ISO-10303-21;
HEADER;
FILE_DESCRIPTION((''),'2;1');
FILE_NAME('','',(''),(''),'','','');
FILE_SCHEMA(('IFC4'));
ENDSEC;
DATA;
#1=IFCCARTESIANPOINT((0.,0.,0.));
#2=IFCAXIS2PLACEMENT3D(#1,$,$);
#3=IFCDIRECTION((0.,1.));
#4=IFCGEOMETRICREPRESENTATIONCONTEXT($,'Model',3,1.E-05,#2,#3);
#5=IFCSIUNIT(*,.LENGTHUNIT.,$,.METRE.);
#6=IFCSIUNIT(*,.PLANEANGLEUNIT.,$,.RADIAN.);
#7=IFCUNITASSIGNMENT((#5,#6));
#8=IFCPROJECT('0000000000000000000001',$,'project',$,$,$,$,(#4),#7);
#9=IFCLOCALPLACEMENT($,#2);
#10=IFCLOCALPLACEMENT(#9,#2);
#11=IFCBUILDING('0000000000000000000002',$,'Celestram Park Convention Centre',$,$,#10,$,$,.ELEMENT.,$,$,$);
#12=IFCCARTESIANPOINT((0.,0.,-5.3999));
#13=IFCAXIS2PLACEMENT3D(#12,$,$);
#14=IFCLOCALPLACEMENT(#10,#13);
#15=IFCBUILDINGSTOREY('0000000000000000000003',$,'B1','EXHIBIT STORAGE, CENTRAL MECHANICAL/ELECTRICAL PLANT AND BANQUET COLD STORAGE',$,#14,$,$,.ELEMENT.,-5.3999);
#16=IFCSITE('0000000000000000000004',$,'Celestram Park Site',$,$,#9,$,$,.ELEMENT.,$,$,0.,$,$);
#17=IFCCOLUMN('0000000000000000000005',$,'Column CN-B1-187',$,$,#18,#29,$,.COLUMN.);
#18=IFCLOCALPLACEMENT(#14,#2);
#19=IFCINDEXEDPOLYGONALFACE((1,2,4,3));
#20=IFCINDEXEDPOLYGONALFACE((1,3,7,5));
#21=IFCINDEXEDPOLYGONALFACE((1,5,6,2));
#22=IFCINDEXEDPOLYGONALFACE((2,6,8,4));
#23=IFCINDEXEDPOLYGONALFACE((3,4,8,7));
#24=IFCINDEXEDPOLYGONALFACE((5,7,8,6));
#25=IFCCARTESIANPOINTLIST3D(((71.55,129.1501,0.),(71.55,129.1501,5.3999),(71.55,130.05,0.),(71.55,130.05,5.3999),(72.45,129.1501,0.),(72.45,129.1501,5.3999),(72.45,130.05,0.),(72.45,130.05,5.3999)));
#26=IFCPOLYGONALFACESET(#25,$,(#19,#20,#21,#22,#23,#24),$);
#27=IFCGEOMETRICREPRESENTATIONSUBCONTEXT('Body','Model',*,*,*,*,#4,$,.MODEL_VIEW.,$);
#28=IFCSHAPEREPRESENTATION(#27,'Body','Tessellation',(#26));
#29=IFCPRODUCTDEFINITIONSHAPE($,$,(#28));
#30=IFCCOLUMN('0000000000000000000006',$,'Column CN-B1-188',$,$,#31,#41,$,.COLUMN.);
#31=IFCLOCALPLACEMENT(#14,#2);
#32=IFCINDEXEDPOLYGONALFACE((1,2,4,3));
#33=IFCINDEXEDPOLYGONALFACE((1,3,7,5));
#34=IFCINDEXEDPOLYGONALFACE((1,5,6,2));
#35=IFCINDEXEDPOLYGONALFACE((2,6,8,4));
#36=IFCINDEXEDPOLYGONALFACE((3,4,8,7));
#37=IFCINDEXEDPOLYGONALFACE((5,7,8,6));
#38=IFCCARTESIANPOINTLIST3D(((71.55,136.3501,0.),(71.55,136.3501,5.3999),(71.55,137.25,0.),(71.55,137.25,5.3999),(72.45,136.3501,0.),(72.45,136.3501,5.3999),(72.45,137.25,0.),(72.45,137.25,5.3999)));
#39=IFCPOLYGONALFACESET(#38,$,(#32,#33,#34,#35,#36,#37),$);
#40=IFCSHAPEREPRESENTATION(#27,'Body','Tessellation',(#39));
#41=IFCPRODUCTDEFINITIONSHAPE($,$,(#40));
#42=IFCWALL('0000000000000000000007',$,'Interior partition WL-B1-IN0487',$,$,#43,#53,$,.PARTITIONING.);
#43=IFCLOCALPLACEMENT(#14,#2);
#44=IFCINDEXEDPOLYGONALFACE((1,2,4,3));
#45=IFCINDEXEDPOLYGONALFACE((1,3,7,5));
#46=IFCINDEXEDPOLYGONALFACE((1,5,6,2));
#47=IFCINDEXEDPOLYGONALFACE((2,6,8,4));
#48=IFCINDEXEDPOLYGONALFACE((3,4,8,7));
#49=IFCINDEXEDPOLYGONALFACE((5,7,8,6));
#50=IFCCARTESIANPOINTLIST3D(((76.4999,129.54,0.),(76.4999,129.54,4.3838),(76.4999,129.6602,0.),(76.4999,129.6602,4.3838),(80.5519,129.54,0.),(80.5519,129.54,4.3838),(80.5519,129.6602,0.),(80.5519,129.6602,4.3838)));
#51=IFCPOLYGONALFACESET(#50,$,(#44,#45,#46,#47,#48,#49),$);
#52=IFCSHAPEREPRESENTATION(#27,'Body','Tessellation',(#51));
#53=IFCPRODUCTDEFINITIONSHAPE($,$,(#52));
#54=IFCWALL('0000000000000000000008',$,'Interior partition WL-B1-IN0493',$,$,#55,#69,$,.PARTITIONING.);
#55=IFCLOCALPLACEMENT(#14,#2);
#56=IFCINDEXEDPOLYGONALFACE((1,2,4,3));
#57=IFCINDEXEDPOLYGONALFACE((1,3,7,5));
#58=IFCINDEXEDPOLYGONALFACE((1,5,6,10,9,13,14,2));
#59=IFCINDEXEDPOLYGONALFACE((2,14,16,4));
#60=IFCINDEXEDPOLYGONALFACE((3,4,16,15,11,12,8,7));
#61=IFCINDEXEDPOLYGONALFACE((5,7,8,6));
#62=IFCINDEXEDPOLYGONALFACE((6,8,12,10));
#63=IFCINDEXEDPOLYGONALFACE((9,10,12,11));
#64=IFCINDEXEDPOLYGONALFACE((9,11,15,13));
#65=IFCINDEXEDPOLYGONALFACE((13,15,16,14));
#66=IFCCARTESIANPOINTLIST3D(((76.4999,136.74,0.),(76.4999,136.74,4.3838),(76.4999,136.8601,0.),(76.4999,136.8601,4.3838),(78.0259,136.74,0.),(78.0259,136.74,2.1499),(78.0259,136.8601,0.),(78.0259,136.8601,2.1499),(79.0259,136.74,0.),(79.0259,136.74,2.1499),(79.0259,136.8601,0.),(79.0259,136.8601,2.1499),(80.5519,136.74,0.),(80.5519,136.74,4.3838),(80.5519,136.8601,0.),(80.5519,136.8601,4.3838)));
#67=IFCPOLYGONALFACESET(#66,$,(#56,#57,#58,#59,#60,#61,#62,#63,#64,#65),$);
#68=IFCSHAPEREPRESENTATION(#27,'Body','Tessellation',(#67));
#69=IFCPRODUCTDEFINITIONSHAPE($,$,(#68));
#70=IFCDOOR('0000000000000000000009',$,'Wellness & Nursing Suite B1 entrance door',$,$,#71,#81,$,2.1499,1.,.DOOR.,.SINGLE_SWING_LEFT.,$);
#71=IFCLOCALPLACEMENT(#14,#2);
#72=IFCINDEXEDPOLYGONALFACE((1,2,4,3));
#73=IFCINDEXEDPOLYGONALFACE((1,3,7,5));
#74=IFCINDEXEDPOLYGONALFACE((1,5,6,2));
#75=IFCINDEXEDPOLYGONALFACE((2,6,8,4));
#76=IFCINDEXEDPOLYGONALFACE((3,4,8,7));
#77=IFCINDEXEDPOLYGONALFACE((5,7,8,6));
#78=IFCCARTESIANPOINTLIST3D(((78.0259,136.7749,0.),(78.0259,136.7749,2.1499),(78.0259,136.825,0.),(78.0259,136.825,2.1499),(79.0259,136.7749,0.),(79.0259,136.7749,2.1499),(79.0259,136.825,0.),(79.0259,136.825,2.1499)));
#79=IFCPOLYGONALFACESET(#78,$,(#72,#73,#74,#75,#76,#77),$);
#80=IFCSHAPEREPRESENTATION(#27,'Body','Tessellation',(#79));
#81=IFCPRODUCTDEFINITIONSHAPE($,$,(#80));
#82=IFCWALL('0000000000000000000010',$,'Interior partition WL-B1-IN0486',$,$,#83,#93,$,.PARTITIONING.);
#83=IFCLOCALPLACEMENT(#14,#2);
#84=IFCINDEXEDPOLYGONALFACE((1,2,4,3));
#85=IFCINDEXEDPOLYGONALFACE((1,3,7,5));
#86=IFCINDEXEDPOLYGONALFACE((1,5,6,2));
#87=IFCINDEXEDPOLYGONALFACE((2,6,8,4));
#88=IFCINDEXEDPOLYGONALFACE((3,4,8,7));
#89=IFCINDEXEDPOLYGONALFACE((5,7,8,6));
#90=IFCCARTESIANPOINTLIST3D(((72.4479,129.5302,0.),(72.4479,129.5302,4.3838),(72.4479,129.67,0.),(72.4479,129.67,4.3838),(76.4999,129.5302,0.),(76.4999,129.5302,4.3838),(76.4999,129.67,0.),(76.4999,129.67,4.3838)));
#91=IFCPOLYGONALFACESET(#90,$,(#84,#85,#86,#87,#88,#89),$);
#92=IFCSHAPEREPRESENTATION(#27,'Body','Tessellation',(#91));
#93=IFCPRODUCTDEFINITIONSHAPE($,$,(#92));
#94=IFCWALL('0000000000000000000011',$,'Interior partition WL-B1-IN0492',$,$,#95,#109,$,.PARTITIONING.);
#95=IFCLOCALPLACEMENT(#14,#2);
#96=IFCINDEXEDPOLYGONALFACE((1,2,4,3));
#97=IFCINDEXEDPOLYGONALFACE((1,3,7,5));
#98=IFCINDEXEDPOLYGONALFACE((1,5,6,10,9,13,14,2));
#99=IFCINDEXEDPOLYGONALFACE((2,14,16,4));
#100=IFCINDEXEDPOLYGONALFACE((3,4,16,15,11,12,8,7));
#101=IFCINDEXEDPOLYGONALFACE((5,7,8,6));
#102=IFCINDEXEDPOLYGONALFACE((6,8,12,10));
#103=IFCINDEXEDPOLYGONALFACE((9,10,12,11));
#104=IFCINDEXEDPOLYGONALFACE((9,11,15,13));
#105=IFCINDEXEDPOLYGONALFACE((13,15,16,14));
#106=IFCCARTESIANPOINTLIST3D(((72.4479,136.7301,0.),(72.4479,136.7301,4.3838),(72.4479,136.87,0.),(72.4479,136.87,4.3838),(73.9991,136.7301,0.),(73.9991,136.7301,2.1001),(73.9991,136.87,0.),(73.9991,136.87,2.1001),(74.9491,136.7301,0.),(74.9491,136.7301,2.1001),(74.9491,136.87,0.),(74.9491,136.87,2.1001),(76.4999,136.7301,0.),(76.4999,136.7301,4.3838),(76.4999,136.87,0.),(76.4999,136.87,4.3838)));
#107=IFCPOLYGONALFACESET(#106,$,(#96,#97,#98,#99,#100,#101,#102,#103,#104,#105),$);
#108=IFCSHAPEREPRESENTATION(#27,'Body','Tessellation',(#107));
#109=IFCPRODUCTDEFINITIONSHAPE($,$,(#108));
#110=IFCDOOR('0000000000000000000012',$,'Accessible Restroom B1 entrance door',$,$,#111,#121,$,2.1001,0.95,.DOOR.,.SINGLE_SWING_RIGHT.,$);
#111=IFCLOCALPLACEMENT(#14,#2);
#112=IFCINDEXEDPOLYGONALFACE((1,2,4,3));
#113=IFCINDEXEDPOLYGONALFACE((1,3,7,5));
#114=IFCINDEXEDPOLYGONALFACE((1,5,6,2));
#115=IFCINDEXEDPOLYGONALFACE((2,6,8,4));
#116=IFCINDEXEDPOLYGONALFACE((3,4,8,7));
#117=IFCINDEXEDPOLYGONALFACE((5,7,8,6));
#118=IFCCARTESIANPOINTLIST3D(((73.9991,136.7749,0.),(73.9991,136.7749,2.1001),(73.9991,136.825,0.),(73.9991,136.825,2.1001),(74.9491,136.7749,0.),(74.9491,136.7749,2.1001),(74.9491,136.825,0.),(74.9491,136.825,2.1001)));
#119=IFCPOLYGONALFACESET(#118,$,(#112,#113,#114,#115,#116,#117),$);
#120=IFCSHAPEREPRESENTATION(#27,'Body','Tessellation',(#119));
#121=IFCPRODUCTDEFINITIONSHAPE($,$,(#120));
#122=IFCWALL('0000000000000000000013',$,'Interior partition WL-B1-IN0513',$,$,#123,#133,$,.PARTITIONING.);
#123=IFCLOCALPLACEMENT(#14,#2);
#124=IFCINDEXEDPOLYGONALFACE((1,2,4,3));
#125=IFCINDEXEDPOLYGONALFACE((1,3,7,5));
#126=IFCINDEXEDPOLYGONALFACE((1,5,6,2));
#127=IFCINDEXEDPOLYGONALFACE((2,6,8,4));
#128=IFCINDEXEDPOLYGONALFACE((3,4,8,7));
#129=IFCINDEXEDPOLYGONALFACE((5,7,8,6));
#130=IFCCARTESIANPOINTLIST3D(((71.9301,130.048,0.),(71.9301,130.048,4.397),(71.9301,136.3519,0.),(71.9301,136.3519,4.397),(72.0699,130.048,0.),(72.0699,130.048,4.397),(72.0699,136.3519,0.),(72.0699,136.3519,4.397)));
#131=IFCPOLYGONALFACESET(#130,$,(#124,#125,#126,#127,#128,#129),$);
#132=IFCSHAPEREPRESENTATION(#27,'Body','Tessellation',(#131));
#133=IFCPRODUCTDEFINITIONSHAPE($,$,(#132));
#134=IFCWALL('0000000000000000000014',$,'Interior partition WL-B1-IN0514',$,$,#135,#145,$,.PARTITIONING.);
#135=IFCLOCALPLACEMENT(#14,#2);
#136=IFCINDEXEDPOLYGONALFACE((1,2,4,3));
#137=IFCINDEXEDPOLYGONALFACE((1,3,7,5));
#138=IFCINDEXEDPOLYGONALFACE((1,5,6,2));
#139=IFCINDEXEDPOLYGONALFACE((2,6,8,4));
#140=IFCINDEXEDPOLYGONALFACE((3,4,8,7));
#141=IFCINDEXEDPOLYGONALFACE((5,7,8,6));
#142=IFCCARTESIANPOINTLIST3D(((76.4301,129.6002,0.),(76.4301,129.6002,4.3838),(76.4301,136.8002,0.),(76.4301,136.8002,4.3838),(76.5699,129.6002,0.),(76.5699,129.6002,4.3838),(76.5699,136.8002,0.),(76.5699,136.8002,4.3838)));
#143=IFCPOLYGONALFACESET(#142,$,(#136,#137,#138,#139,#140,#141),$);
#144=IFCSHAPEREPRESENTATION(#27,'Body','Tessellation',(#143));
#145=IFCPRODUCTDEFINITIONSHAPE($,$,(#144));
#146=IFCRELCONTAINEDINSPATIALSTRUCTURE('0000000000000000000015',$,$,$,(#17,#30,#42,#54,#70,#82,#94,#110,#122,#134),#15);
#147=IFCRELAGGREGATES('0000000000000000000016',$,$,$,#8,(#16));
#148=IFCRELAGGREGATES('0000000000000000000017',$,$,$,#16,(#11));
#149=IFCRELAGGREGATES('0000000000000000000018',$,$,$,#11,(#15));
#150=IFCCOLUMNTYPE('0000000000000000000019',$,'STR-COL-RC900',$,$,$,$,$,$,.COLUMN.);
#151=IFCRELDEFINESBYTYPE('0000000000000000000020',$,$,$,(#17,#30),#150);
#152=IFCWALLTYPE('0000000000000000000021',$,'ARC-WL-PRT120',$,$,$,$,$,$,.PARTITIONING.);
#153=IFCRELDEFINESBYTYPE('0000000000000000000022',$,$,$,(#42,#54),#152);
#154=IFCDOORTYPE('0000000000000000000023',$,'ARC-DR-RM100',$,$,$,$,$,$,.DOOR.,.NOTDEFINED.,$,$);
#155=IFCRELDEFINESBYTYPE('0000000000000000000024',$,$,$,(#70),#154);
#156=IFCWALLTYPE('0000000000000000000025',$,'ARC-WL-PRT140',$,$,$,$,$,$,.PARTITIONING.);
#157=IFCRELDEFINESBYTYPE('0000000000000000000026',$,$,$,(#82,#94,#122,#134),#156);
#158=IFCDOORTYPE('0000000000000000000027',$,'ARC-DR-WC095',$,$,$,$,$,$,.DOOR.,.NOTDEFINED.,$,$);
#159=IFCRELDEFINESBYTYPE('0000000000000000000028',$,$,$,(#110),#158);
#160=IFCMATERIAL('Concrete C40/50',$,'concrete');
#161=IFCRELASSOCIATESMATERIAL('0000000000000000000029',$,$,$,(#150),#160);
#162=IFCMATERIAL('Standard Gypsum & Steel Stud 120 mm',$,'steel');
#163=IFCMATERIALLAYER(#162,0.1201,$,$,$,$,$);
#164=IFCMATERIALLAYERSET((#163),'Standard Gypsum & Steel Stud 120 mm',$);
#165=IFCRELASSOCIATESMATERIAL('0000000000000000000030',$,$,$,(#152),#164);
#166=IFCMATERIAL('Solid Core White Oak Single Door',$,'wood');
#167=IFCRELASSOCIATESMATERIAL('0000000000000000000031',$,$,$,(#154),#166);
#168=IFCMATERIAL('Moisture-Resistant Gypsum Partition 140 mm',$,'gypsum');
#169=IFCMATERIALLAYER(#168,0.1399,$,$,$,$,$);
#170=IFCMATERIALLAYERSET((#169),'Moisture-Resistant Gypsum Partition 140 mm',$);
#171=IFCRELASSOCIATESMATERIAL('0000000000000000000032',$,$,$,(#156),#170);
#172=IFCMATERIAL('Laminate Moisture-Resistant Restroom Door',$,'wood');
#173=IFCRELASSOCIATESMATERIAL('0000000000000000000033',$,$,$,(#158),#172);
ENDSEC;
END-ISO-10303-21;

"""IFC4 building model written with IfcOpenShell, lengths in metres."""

from ifc_helpers import new_model, si_unit, direction, frame, frame_2d, origin, origin_2d, place, context, subcontext, project, spatial, rectangle, extrude, material, layer, layer_set, material_profile, profile_set, type_object, element, fill, save


model = new_model("IFC4")

# Units and contexts
model_context = context("Model", 3, precision=1e-05, world=origin(), true_north=direction((0.0, 1.0)))
body_context = subcontext(model_context, "Body", "Model", "MODEL_VIEW")
ifc_project = project(units=[si_unit("LENGTHUNIT", "METRE"), si_unit("PLANEANGLEUNIT", "RADIAN")], contexts=[model_context])

# Site, building, storey
site_placement = place(None, origin())
site = spatial("IfcSite", under=ifc_project, at=site_placement, Name="Celestram Park Site", CompositionType="ELEMENT", RefElevation=0.0)
building_placement = place(site_placement, origin())
building = spatial("IfcBuilding", under=site, at=building_placement, Name="Celestram Park Convention Centre", CompositionType="ELEMENT")
storey_placement = place(building_placement, frame((0.0, 0.0, -5.3999)))
storey = spatial("IfcBuildingStorey", under=building, at=storey_placement, Name="B1", Description="EXHIBIT STORAGE, CENTRAL MECHANICAL/ELECTRICAL PLANT AND BANQUET COLD STORAGE", CompositionType="ELEMENT", Elevation=-5.3999)

# Shared definitions
ifc_material_1 = material(Name="Concrete C40/50", Category="concrete")

# Columns
ifc_material_profile_1 = material_profile(ifc_material_1, rectangle(XDim=0.8999, YDim=0.8999, at=origin_2d()), Name="RC900X900")
ifc_profile_set_1 = profile_set([ifc_material_profile_1], Name="Concrete C40/50")
column_type = type_object("IfcColumnType", Name="STR-COL-RC900", PredefinedType="COLUMN", material=ifc_profile_set_1)
for number, where, z_axis, x_axis, name in (
    (1, (72.0, 129.6001, 0.0), (0.0, 0.0, 1.0), (1.0, 0.0, 0.0), "Column CN-B1-187"),
    (2, (72.0, 136.8, 0.0), (0.0, 0.0, 1.0), (1.0, 0.0, 0.0), "Column CN-B1-188"),
):
    element("IfcColumn", number, at=place(storey_placement, frame(where, z_axis=z_axis, x_axis=x_axis)), inside=storey, type_object=column_type, Name=name, PredefinedType="COLUMN", context=body_context, shape_type="SweptSolid", body=[
        extrude(rectangle(XDim=0.8999, YDim=0.8999, at=origin_2d()), origin(), (0.0, 0.0, 1.0), 5.3999),
    ])

# Wall
ifc_material_2 = material(Name="Standard Gypsum & Steel Stud 120 mm", Category="steel")
ifc_layer_1 = layer(ifc_material_2, 0.1201)
ifc_layer_set_1 = layer_set([ifc_layer_1], Name="Standard Gypsum & Steel Stud 120 mm")
wall_type_1 = type_object("IfcWallType", Name="ARC-WL-PRT120", PredefinedType="PARTITIONING", material=ifc_layer_set_1)
wall_1_placement = place(storey_placement, frame((76.5, 129.6001, 0.0), z_axis=(0.0, 0.0, 1.0), x_axis=(1.0, 0.0, 0.0)))
element("IfcWall", 3, at=wall_1_placement, inside=storey, type_object=wall_type_1, Name="Interior partition WL-B1-IN0487", PredefinedType="PARTITIONING", context=body_context, shape_type="SweptSolid", body=[
    extrude(rectangle(XDim=4.052, YDim=0.1201, at=frame_2d((2.0259, 0.0))), origin(), (0.0, 0.0, 1.0), 4.3838),
])

# Wall, opening, door
wall_2_placement = place(storey_placement, frame((76.5, 136.8, 0.0), z_axis=(0.0, 0.0, 1.0), x_axis=(1.0, 0.0, 0.0)))
wall_2 = element("IfcWall", 4, at=wall_2_placement, inside=storey, type_object=wall_type_1, Name="Interior partition WL-B1-IN0493", PredefinedType="PARTITIONING", context=body_context, shape_type="SweptSolid", body=[
    extrude(rectangle(XDim=4.052, YDim=0.1201, at=frame_2d((2.0259, 0.0))), origin(), (0.0, 0.0, 1.0), 4.3838),
])
opening_1_placement = place(wall_2_placement, frame((1.5259, 0.0, 0.0)))
opening_1 = element("IfcOpeningElement", 5, at=opening_1_placement, cuts=wall_2, PredefinedType="OPENING", context=body_context, shape_type="SweptSolid", body=[
    extrude(rectangle(XDim=1.0, YDim=2.1499, at=frame_2d((0.5, 1.075))), frame((0.0, 0.0701, 0.0), z_axis=(0.0, -1.0, 0.0), x_axis=(1.0, 0.0, 0.0)), (0.0, 0.0, 1.0), 0.1401),
])
ifc_material_3 = material(Name="Solid Core White Oak Single Door", Category="wood")
door_type_1 = type_object("IfcDoorType", Name="ARC-DR-RM100", OperationType="NOTDEFINED", PredefinedType="DOOR", material=ifc_material_3)
door_1_placement = place(opening_1_placement, origin())
door_1 = element("IfcDoor", 6, at=door_1_placement, inside=storey, type_object=door_type_1, Name="Wellness & Nursing Suite B1 entrance door", OperationType="SINGLE_SWING_LEFT", OverallHeight=2.1499, OverallWidth=1.0, PredefinedType="DOOR", context=body_context, shape_type="SweptSolid", body=[
    extrude(rectangle(XDim=1.0, YDim=2.1499, at=frame_2d((0.5, 1.075))), frame((0.0, 0.0249, 0.0), z_axis=(0.0, -1.0, 0.0), x_axis=(1.0, 0.0, 0.0)), (0.0, 0.0, 1.0), 0.05),
])
fill(opening_1, door_1)

# Wall
ifc_material_4 = material(Name="Moisture-Resistant Gypsum Partition 140 mm", Category="gypsum")
ifc_layer_2 = layer(ifc_material_4, 0.1399)
ifc_layer_set_2 = layer_set([ifc_layer_2], Name="Moisture-Resistant Gypsum Partition 140 mm")
wall_type_2 = type_object("IfcWallType", Name="ARC-WL-PRT140", PredefinedType="PARTITIONING", material=ifc_layer_set_2)
wall_3_placement = place(storey_placement, frame((72.448, 129.6001, 0.0), z_axis=(0.0, 0.0, 1.0), x_axis=(1.0, 0.0, 0.0)))
element("IfcWall", 7, at=wall_3_placement, inside=storey, type_object=wall_type_2, Name="Interior partition WL-B1-IN0486", PredefinedType="PARTITIONING", context=body_context, shape_type="SweptSolid", body=[
    extrude(rectangle(XDim=4.052, YDim=0.1399, at=frame_2d((2.0259, 0.0))), origin(), (0.0, 0.0, 1.0), 4.3838),
])

# Wall, opening, door
wall_4_placement = place(storey_placement, frame((72.448, 136.8, 0.0), z_axis=(0.0, 0.0, 1.0), x_axis=(1.0, 0.0, 0.0)))
wall_4 = element("IfcWall", 8, at=wall_4_placement, inside=storey, type_object=wall_type_2, Name="Interior partition WL-B1-IN0492", PredefinedType="PARTITIONING", context=body_context, shape_type="SweptSolid", body=[
    extrude(rectangle(XDim=4.052, YDim=0.1399, at=frame_2d((2.0259, 0.0))), origin(), (0.0, 0.0, 1.0), 4.3838),
])
opening_2_placement = place(wall_4_placement, frame((1.551, 0.0, 0.0)))
opening_2 = element("IfcOpeningElement", 9, at=opening_2_placement, cuts=wall_4, PredefinedType="OPENING", context=body_context, shape_type="SweptSolid", body=[
    extrude(rectangle(XDim=0.95, YDim=2.1001, at=frame_2d((0.4751, 1.05))), frame((0.0, 0.0798, 0.0), z_axis=(0.0, -1.0, 0.0), x_axis=(1.0, 0.0, 0.0)), (0.0, 0.0, 1.0), 0.1599),
])
ifc_material_5 = material(Name="Laminate Moisture-Resistant Restroom Door", Category="wood")
door_type_2 = type_object("IfcDoorType", Name="ARC-DR-WC095", OperationType="NOTDEFINED", PredefinedType="DOOR", material=ifc_material_5)
door_2_placement = place(opening_2_placement, origin())
door_2 = element("IfcDoor", 10, at=door_2_placement, inside=storey, type_object=door_type_2, Name="Accessible Restroom B1 entrance door", OperationType="SINGLE_SWING_RIGHT", OverallHeight=2.1001, OverallWidth=0.95, PredefinedType="DOOR", context=body_context, shape_type="SweptSolid", body=[
    extrude(rectangle(XDim=0.95, YDim=2.1001, at=frame_2d((0.4751, 1.05))), frame((0.0, 0.0249, 0.0), z_axis=(0.0, -1.0, 0.0), x_axis=(1.0, 0.0, 0.0)), (0.0, 0.0, 1.0), 0.05),
])
fill(opening_2, door_2)

# Walls
wall_5_placement = place(storey_placement, frame((72.0, 130.0481, 0.0), z_axis=(0.0, 0.0, 1.0), x_axis=(0.0, 1.0, 0.0)))
element("IfcWall", 11, at=wall_5_placement, inside=storey, type_object=wall_type_2, Name="Interior partition WL-B1-IN0513", PredefinedType="PARTITIONING", context=body_context, shape_type="SweptSolid", body=[
    extrude(rectangle(XDim=6.304, YDim=0.1399, at=frame_2d((3.1519, 0.0))), origin(), (0.0, 0.0, 1.0), 4.397),
])
wall_6_placement = place(storey_placement, frame((76.5, 129.6001, 0.0), z_axis=(0.0, 0.0, 1.0), x_axis=(0.0, 1.0, 0.0)))
element("IfcWall", 12, at=wall_6_placement, inside=storey, type_object=wall_type_2, Name="Interior partition WL-B1-IN0514", PredefinedType="PARTITIONING", context=body_context, shape_type="SweptSolid", body=[
    extrude(rectangle(XDim=7.2, YDim=0.1399, at=frame_2d((3.6001, 0.0))), origin(), (0.0, 0.0, 1.0), 4.3838),
])

save(model, "model.ifc")
